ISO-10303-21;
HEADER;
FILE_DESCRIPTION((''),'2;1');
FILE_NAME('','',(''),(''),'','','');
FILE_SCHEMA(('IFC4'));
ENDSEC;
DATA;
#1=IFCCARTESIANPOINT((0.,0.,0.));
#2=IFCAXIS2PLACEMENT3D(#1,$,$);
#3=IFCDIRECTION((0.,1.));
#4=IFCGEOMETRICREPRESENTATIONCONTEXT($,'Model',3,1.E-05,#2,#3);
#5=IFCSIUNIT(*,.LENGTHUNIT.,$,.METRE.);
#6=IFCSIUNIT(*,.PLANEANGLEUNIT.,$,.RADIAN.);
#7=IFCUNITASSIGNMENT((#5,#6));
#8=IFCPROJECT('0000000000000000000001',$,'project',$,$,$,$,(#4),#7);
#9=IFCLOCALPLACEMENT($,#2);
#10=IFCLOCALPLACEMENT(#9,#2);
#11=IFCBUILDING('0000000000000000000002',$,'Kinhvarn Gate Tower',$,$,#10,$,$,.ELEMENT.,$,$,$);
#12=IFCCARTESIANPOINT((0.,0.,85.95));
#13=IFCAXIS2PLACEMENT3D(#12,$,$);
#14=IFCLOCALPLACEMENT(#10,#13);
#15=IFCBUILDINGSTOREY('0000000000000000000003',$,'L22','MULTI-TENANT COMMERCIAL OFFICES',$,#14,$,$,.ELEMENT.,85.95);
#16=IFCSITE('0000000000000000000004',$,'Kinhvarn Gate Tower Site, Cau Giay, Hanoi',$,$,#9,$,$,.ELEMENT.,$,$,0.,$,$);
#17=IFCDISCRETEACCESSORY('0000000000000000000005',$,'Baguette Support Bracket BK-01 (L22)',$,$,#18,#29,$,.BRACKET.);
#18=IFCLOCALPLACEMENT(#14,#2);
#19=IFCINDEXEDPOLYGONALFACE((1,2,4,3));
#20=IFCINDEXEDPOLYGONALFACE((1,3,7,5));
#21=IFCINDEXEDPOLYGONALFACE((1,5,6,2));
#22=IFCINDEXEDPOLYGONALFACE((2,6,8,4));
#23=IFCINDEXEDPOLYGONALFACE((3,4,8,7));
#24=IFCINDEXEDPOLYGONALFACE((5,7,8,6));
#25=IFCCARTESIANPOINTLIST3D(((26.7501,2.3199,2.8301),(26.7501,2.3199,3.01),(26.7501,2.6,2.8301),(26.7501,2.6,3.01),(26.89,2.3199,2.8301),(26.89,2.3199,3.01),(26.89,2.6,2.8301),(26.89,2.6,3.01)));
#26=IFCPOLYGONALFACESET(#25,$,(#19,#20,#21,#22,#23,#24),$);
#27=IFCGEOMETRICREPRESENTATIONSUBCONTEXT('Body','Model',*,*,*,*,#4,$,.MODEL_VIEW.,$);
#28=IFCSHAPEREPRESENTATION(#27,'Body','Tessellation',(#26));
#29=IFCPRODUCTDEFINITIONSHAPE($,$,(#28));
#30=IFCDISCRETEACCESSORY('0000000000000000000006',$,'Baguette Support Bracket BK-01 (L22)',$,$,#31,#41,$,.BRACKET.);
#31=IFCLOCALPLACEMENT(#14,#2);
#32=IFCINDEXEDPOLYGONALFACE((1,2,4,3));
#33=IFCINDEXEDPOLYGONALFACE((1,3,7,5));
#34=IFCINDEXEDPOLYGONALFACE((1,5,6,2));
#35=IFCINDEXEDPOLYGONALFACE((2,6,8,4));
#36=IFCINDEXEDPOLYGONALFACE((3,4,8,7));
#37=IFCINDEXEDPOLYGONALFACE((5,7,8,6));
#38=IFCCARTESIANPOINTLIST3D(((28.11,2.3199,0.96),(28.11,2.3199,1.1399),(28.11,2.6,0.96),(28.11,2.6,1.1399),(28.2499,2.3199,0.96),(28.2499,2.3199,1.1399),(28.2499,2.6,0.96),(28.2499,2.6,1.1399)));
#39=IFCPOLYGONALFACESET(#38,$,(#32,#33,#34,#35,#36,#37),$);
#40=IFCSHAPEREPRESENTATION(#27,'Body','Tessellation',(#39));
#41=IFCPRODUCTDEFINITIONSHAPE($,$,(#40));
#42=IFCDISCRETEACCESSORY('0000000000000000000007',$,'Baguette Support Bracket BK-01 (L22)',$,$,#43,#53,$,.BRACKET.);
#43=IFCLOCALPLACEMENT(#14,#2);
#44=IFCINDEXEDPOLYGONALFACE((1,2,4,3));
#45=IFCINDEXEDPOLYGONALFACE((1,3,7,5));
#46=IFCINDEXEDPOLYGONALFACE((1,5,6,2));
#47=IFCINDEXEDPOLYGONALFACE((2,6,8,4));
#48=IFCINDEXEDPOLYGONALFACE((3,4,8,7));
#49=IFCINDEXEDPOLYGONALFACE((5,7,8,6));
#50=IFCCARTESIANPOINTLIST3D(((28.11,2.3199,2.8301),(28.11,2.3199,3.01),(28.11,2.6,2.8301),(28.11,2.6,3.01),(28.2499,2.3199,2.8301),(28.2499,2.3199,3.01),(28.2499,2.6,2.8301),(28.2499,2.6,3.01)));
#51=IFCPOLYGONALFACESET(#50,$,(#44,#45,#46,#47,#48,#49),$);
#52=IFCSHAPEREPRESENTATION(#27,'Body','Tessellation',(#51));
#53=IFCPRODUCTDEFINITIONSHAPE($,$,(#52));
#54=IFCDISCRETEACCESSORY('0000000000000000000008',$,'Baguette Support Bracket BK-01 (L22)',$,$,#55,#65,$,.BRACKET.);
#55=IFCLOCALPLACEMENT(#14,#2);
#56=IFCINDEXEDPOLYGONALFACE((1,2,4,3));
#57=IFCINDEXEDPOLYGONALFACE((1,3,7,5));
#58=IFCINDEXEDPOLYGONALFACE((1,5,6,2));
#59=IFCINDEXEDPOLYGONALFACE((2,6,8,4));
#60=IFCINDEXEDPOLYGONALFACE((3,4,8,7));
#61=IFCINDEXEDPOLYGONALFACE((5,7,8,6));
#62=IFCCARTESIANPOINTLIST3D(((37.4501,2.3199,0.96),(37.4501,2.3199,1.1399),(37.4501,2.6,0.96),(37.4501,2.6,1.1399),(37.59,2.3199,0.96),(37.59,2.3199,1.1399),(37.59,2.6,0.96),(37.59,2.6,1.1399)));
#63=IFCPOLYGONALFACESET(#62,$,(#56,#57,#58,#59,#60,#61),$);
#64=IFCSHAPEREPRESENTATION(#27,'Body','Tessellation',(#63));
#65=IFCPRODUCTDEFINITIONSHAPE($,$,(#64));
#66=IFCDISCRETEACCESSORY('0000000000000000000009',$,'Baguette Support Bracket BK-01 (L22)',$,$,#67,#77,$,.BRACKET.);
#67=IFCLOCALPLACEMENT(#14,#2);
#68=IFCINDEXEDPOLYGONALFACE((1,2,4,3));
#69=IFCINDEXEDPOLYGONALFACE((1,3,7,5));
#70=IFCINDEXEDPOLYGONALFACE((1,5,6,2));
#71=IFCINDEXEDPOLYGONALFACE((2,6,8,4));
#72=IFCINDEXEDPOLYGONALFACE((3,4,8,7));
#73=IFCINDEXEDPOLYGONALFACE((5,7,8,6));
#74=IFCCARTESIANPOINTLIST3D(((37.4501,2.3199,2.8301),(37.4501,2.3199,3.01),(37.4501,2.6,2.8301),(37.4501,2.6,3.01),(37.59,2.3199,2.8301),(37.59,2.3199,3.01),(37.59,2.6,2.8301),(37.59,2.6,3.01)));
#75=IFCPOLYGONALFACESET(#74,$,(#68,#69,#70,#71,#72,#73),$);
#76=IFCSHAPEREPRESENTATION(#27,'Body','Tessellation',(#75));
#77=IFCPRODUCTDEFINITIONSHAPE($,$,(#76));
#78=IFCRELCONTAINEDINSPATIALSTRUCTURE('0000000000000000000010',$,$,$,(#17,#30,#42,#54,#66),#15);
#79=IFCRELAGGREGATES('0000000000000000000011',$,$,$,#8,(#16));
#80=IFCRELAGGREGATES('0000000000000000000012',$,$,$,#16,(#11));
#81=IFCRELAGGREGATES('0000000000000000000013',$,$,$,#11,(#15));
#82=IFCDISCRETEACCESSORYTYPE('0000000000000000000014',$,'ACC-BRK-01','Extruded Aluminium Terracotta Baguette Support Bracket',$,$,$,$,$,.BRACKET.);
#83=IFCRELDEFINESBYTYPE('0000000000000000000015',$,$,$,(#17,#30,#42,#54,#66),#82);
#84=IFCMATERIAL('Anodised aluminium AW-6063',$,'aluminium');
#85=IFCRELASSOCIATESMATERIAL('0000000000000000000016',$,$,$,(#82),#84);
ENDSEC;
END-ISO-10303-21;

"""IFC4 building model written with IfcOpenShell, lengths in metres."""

from ifc_helpers import new_model, si_unit, direction, frame, origin, origin_2d, place, context, subcontext, project, spatial, rectangle, extrude, material, type_object, element, save


model = new_model("IFC4")

# Units and contexts
model_context = context("Model", 3, precision=1e-05, world=origin(), true_north=direction((0.0, 1.0)))
body_context = subcontext(model_context, "Body", "Model", "MODEL_VIEW")
ifc_project = project(units=[si_unit("LENGTHUNIT", "METRE"), si_unit("PLANEANGLEUNIT", "RADIAN")], contexts=[model_context])

# Site, building, storey
site_placement = place(None, origin())
site = spatial("IfcSite", under=ifc_project, at=site_placement, Name="Kinhvarn Gate Tower Site, Cau Giay, Hanoi", CompositionType="ELEMENT", RefElevation=0.0)
building_placement = place(site_placement, origin())
building = spatial("IfcBuilding", under=site, at=building_placement, Name="Kinhvarn Gate Tower", CompositionType="ELEMENT")
storey_placement = place(building_placement, frame((0.0, 0.0, 85.95)))
storey = spatial("IfcBuildingStorey", under=building, at=storey_placement, Name="L22", Description="MULTI-TENANT COMMERCIAL OFFICES", CompositionType="ELEMENT", Elevation=85.95)

# Shared definitions
ifc_material_1 = material(Name="Anodised aluminium AW-6063", Category="aluminium")

# Discrete accessories
discrete_accessory_type = type_object("IfcDiscreteAccessoryType", Name="ACC-BRK-01", Description="Extruded Aluminium Terracotta Baguette Support Bracket", PredefinedType="BRACKET", material=ifc_material_1)
for number, where, z_axis, x_axis, name in (
    (1, (26.8201, 2.46, 2.8301), (0.0, 0.0, 1.0), (1.0, 0.0, 0.0), "Baguette Support Bracket BK-01 (L22)"),
    (2, (28.1799, 2.46, 0.96), (0.0, 0.0, 1.0), (1.0, 0.0, 0.0), "Baguette Support Bracket BK-01 (L22)"),
    (3, (28.1799, 2.46, 2.8301), (0.0, 0.0, 1.0), (1.0, 0.0, 0.0), "Baguette Support Bracket BK-01 (L22)"),
    (4, (37.52, 2.46, 0.96), (0.0, 0.0, 1.0), (1.0, 0.0, 0.0), "Baguette Support Bracket BK-01 (L22)"),
    (5, (37.52, 2.46, 2.8301), (0.0, 0.0, 1.0), (1.0, 0.0, 0.0), "Baguette Support Bracket BK-01 (L22)"),
):
    element("IfcDiscreteAccessory", number, at=place(storey_placement, frame(where, z_axis=z_axis, x_axis=x_axis)), inside=storey, type_object=discrete_accessory_type, Name=name, PredefinedType="BRACKET", context=body_context, shape_type="SweptSolid", body=[
        extrude(rectangle(XDim=0.1399, YDim=0.28, at=origin_2d()), origin(), (0.0, 0.0, 1.0), 0.1799),
    ])

save(model, "model.ifc")
